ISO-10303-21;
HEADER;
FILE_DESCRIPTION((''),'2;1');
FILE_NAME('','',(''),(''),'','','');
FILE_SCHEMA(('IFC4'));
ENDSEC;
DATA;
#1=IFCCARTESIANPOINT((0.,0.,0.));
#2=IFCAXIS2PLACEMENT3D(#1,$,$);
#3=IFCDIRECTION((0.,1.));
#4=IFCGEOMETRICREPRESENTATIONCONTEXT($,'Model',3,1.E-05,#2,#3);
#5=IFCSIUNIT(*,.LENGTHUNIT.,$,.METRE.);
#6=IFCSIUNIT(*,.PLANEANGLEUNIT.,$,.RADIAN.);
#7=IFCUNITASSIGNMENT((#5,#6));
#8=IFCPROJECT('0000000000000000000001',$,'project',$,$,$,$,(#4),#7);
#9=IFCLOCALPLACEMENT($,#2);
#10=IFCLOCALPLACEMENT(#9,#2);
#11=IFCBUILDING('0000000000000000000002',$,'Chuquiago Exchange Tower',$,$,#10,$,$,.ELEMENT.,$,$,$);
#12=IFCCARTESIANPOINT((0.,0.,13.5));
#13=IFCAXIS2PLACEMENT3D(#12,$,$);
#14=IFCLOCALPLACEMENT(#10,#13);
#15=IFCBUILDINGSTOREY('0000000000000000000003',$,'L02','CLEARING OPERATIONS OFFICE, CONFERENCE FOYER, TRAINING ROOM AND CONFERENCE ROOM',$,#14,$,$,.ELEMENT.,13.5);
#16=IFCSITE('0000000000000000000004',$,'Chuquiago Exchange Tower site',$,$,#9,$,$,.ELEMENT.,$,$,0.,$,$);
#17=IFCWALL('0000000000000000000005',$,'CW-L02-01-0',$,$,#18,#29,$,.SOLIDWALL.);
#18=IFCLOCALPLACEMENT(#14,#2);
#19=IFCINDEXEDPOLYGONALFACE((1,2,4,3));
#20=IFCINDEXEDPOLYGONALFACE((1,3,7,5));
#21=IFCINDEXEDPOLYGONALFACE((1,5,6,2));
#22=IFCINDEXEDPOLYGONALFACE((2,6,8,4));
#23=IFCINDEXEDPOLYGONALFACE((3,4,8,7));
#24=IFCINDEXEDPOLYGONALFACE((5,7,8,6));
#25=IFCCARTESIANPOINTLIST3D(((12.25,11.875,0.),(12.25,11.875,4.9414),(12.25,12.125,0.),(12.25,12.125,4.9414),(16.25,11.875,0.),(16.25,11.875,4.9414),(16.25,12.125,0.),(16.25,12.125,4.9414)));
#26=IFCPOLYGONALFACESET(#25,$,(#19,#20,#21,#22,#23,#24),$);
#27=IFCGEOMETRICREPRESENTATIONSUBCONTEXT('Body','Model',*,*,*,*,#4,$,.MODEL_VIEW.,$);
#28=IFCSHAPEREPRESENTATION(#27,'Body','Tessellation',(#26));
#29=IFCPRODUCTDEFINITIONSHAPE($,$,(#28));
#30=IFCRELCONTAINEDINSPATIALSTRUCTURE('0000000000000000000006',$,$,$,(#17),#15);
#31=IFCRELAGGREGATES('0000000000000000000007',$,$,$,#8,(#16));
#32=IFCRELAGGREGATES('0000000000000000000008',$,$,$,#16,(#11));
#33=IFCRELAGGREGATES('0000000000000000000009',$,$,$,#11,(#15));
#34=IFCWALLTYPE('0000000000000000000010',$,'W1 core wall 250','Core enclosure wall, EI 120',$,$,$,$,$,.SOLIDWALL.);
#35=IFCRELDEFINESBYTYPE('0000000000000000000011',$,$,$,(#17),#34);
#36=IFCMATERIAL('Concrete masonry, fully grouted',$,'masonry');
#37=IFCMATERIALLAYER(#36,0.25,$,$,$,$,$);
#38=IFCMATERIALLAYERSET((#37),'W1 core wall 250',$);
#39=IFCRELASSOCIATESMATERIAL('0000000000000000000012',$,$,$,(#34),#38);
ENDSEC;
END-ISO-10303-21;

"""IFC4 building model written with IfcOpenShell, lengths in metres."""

from ifc_helpers import new_model, si_unit, direction, frame, frame_2d, origin, place, context, subcontext, project, spatial, rectangle, extrude, material, layer, layer_set, type_object, element, save


model = new_model("IFC4")

# Units and contexts
model_context = context("Model", 3, precision=1e-05, world=origin(), true_north=direction((0.0, 1.0)))
body_context = subcontext(model_context, "Body", "Model", "MODEL_VIEW")
ifc_project = project(units=[si_unit("LENGTHUNIT", "METRE"), si_unit("PLANEANGLEUNIT", "RADIAN")], contexts=[model_context])

# Site, building, storey
site_placement = place(None, origin())
site = spatial("IfcSite", under=ifc_project, at=site_placement, Name="Chuquiago Exchange Tower site", CompositionType="ELEMENT", RefElevation=0.0)
building_placement = place(site_placement, origin())
building = spatial("IfcBuilding", under=site, at=building_placement, Name="Chuquiago Exchange Tower", CompositionType="ELEMENT")
storey_placement = place(building_placement, frame((0.0, 0.0, 13.5)))
storey = spatial("IfcBuildingStorey", under=building, at=storey_placement, Name="L02", Description="CLEARING OPERATIONS OFFICE, CONFERENCE FOYER, TRAINING ROOM AND CONFERENCE ROOM", CompositionType="ELEMENT", Elevation=13.5)

# Wall
ifc_material_1 = material(Name="Concrete masonry, fully grouted", Category="masonry")
ifc_layer = layer(ifc_material_1, 0.25)
ifc_layer_set = layer_set([ifc_layer], Name="W1 core wall 250")
wall_type = type_object("IfcWallType", Name="W1 core wall 250", Description="Core enclosure wall, EI 120", PredefinedType="SOLIDWALL", material=ifc_layer_set)
wall_placement = place(storey_placement, frame((12.25, 12.0, 0.0), z_axis=(0.0, 0.0, 1.0), x_axis=(1.0, 0.0, 0.0)))
element("IfcWall", 1, at=wall_placement, inside=storey, type_object=wall_type, Name="CW-L02-01-0", PredefinedType="SOLIDWALL", context=body_context, shape_type="SweptSolid", body=[
    extrude(rectangle(XDim=4.0, YDim=0.25, at=frame_2d((2.0, 0.0))), origin(), (0.0, 0.0, 1.0), 4.9414),
])

save(model, "model.ifc")
